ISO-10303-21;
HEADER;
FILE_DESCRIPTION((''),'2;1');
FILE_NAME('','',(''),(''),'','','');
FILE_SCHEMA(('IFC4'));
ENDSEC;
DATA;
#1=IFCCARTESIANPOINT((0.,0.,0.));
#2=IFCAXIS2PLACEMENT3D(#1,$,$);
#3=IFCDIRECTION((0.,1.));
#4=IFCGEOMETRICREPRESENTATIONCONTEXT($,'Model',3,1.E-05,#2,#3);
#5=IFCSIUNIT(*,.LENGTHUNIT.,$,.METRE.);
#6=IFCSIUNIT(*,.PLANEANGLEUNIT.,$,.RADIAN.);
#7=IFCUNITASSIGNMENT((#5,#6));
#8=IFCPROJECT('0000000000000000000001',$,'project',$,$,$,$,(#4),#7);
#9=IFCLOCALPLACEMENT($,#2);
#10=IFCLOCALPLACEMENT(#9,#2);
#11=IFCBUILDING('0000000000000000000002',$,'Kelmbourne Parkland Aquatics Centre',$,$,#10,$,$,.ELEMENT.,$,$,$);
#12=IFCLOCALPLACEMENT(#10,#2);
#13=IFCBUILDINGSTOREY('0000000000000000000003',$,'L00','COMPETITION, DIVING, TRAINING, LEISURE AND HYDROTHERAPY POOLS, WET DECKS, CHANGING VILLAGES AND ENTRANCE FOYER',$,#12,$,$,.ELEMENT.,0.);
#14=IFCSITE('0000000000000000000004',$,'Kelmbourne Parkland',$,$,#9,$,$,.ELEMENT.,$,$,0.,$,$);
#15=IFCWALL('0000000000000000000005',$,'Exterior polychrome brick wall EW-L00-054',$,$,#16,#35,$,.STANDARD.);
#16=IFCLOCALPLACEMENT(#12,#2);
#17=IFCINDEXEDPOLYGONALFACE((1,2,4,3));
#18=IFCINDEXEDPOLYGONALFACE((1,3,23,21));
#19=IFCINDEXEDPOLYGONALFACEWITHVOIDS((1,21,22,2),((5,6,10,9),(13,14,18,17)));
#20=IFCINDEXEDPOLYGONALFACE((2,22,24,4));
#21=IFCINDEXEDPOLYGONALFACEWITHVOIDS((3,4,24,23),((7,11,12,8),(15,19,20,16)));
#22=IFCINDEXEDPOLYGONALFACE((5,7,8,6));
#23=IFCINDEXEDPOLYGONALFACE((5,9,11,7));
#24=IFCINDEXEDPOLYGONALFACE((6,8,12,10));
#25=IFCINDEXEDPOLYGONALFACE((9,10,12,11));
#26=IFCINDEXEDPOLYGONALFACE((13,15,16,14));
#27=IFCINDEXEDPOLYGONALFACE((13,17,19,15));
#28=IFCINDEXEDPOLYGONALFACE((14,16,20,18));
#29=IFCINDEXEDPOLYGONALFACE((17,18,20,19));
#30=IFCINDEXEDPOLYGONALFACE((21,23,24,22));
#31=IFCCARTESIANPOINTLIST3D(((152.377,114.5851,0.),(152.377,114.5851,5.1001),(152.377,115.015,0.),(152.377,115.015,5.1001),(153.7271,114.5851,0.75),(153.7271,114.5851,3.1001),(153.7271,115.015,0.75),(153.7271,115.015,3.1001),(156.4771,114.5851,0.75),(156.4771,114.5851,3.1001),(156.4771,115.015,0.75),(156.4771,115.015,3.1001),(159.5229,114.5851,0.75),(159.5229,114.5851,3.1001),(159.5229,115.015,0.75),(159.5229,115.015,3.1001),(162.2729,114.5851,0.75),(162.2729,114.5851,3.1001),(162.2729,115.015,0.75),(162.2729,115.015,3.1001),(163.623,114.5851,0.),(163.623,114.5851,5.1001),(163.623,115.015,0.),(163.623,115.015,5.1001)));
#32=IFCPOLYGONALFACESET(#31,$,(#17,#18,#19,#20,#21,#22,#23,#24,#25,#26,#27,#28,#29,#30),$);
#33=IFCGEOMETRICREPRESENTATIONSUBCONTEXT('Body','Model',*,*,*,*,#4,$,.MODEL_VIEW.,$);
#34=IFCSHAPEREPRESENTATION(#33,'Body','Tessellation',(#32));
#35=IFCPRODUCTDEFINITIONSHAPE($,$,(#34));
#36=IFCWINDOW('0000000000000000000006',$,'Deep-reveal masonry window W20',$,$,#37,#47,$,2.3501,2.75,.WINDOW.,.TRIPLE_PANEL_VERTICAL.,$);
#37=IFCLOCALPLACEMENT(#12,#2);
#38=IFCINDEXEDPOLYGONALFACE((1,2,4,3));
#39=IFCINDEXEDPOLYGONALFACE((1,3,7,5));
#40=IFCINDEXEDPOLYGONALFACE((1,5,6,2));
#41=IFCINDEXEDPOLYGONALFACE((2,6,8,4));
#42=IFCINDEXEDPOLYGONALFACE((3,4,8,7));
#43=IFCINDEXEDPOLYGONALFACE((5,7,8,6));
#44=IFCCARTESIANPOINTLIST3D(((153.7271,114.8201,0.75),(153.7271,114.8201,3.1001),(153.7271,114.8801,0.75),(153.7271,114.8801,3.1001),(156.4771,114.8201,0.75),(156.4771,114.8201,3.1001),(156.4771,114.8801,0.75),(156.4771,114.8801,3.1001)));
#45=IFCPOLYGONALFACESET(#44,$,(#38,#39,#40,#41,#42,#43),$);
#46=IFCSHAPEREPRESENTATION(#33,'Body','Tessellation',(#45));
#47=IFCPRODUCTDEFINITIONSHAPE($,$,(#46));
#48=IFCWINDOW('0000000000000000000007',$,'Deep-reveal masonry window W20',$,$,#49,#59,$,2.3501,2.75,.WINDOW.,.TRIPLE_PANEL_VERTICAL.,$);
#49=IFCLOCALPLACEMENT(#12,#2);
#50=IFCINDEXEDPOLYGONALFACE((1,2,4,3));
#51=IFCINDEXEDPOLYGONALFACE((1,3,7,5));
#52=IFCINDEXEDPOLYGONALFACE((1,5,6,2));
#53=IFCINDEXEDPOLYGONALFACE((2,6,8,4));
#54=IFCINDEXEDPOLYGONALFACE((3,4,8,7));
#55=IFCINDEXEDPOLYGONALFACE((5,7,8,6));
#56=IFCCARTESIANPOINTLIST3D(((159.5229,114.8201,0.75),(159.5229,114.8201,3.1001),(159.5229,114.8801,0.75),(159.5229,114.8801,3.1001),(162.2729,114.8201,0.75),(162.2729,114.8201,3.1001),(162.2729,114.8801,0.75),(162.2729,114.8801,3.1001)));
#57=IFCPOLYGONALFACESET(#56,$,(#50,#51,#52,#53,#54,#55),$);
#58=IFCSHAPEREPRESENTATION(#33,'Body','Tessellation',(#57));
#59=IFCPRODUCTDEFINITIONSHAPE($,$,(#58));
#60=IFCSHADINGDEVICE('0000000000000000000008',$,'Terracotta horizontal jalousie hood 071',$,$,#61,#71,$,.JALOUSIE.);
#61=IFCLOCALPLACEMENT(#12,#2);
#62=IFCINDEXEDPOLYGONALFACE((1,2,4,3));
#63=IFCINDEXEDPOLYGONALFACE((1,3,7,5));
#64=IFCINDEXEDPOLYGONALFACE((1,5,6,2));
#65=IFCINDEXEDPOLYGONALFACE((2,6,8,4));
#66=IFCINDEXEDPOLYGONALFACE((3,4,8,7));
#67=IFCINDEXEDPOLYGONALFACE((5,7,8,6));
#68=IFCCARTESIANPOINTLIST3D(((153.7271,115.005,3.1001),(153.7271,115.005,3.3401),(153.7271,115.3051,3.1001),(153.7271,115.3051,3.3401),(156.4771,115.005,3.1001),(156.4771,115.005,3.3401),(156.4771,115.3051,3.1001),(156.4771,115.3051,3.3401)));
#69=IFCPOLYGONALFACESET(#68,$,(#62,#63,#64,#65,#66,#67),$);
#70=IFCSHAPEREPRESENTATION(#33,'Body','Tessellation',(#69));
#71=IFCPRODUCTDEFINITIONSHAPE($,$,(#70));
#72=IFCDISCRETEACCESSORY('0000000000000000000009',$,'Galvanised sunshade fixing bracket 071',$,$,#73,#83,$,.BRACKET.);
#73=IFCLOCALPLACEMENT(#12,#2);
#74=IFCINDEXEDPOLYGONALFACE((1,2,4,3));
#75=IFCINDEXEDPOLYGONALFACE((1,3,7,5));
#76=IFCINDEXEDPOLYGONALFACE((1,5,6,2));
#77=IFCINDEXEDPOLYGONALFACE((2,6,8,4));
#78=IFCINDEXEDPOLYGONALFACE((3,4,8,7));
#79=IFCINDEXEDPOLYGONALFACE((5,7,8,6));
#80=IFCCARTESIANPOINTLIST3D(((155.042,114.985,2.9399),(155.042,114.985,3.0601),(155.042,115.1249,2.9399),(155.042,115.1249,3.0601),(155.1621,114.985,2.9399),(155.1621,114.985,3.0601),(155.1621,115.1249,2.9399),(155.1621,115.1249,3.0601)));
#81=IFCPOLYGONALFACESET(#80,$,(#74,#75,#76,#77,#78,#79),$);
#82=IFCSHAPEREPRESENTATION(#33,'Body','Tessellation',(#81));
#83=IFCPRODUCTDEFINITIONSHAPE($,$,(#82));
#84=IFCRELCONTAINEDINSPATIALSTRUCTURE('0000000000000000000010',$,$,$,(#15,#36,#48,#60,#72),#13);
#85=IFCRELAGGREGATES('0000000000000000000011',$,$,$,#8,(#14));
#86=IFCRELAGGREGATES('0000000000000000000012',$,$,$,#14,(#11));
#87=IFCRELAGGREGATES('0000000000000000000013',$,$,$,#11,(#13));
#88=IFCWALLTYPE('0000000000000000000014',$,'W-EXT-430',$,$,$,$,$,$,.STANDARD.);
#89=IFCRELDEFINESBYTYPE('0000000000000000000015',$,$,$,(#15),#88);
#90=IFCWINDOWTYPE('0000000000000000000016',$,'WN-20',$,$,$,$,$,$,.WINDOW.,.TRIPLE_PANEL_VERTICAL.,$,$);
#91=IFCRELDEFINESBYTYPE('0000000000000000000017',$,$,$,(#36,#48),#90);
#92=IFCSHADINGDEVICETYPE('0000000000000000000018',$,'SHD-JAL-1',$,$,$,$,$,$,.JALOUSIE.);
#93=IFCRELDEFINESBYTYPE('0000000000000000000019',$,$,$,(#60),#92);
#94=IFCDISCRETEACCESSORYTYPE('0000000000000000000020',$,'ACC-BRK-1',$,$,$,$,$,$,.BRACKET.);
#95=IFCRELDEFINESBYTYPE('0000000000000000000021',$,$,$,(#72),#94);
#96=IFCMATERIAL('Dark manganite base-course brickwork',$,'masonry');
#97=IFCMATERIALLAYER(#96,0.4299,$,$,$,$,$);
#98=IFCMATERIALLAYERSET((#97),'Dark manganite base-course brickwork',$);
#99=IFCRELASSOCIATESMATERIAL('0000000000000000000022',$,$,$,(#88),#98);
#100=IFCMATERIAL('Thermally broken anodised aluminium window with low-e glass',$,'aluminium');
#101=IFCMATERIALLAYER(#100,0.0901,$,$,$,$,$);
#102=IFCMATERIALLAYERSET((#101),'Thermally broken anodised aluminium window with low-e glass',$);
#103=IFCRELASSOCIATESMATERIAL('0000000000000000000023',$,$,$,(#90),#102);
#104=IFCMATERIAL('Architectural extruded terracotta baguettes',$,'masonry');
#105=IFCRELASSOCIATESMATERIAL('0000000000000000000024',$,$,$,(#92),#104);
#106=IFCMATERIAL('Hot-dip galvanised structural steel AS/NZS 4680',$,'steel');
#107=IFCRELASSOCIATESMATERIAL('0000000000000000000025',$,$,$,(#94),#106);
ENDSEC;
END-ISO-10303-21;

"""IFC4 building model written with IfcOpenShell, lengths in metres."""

from ifc_helpers import new_model, si_unit, direction, frame, frame_2d, origin, origin_2d, place, context, subcontext, project, spatial, rectangle, extrude, material, layer, layer_set, type_object, element, fill, save


model = new_model("IFC4")

# Units and contexts
model_context = context("Model", 3, precision=1e-05, world=origin(), true_north=direction((0.0, 1.0)))
body_context = subcontext(model_context, "Body", "Model", "MODEL_VIEW")
ifc_project = project(units=[si_unit("LENGTHUNIT", "METRE"), si_unit("PLANEANGLEUNIT", "RADIAN")], contexts=[model_context])

# Site, building, storey
site_placement = place(None, origin())
site = spatial("IfcSite", under=ifc_project, at=site_placement, Name="Kelmbourne Parkland", CompositionType="ELEMENT", RefElevation=0.0)
building_placement = place(site_placement, origin())
building = spatial("IfcBuilding", under=site, at=building_placement, Name="Kelmbourne Parkland Aquatics Centre", CompositionType="ELEMENT")
storey_placement = place(building_placement, origin())
storey = spatial("IfcBuildingStorey", under=building, at=storey_placement, Name="L00", Description="COMPETITION, DIVING, TRAINING, LEISURE AND HYDROTHERAPY POOLS, WET DECKS, CHANGING VILLAGES AND ENTRANCE FOYER", CompositionType="ELEMENT", Elevation=0.0)

# Wall, openings, windows
ifc_material_1 = material(Name="Dark manganite base-course brickwork", Category="masonry")
ifc_layer_1 = layer(ifc_material_1, 0.4299)
ifc_layer_set_1 = layer_set([ifc_layer_1], Name="Dark manganite base-course brickwork")
wall_type = type_object("IfcWallType", Name="W-EXT-430", PredefinedType="STANDARD", material=ifc_layer_set_1)
wall_placement = place(storey_placement, frame((152.377, 114.8, 0.0), z_axis=(0.0, 0.0, 1.0), x_axis=(1.0, 0.0, 0.0)))
wall = element("IfcWall", 1, at=wall_placement, inside=storey, type_object=wall_type, Name="Exterior polychrome brick wall EW-L00-054", PredefinedType="STANDARD", context=body_context, shape_type="SweptSolid", body=[
    extrude(rectangle(XDim=11.2461, YDim=0.4299, at=frame_2d((5.623, 0.0))), origin(), (0.0, 0.0, 1.0), 5.1001),
])
opening_1_placement = place(wall_placement, frame((1.3501, 0.0, 0.75)))
opening_1 = element("IfcOpeningElement", 2, at=opening_1_placement, cuts=wall, PredefinedType="OPENING", context=body_context, shape_type="SweptSolid", body=[
    extrude(rectangle(XDim=2.75, YDim=2.3501, at=frame_2d((1.375, 1.175))), frame((0.0, 0.2271, 0.0), z_axis=(0.0, -1.0, 0.0), x_axis=(1.0, 0.0, 0.0)), (0.0, 0.0, 1.0), 0.4539),
])
opening_2_placement = place(wall_placement, frame((7.146, 0.0, 0.75)))
opening_2 = element("IfcOpeningElement", 3, at=opening_2_placement, cuts=wall, PredefinedType="OPENING", context=body_context, shape_type="SweptSolid", body=[
    extrude(rectangle(XDim=2.75, YDim=2.3501, at=frame_2d((1.375, 1.175))), frame((0.0, 0.2271, 0.0), z_axis=(0.0, -1.0, 0.0), x_axis=(1.0, 0.0, 0.0)), (0.0, 0.0, 1.0), 0.4539),
])
ifc_material_2 = material(Name="Thermally broken anodised aluminium window with low-e glass", Category="aluminium")
ifc_layer_2 = layer(ifc_material_2, 0.0901)
ifc_layer_set_2 = layer_set([ifc_layer_2], Name="Thermally broken anodised aluminium window with low-e glass")
window_type = type_object("IfcWindowType", Name="WN-20", PartitioningType="TRIPLE_PANEL_VERTICAL", PredefinedType="WINDOW", material=ifc_layer_set_2)
window_1_placement = place(opening_1_placement, origin())
window_1 = element("IfcWindow", 4, at=window_1_placement, inside=storey, type_object=window_type, Name="Deep-reveal masonry window W20", OverallHeight=2.3501, OverallWidth=2.75, PartitioningType="TRIPLE_PANEL_VERTICAL", PredefinedType="WINDOW", context=body_context, shape_type="SweptSolid", body=[
    extrude(rectangle(XDim=2.75, YDim=2.3501, at=frame_2d((1.375, 1.175))), frame((0.0, 0.0801, 0.0), z_axis=(0.0, -1.0, 0.0), x_axis=(1.0, 0.0, 0.0)), (0.0, 0.0, 1.0), 0.0601),
])
fill(opening_1, window_1)
window_2_placement = place(opening_2_placement, origin())
window_2 = element("IfcWindow", 5, at=window_2_placement, inside=storey, type_object=window_type, Name="Deep-reveal masonry window W20", OverallHeight=2.3501, OverallWidth=2.75, PartitioningType="TRIPLE_PANEL_VERTICAL", PredefinedType="WINDOW", context=body_context, shape_type="SweptSolid", body=[
    extrude(rectangle(XDim=2.75, YDim=2.3501, at=frame_2d((1.375, 1.175))), frame((0.0, 0.0801, 0.0), z_axis=(0.0, -1.0, 0.0), x_axis=(1.0, 0.0, 0.0)), (0.0, 0.0, 1.0), 0.0601),
])
fill(opening_2, window_2)

# Shading device
ifc_material_3 = material(Name="Architectural extruded terracotta baguettes", Category="masonry")
shading_device_type = type_object("IfcShadingDeviceType", Name="SHD-JAL-1", PredefinedType="JALOUSIE", material=ifc_material_3)
shading_device_placement = place(storey_placement, frame((155.1021, 115.155, 3.1001), z_axis=(0.0, 0.0, 1.0), x_axis=(1.0, 0.0, 0.0)))
element("IfcShadingDevice", 6, at=shading_device_placement, inside=storey, type_object=shading_device_type, Name="Terracotta horizontal jalousie hood 071", PredefinedType="JALOUSIE", context=body_context, shape_type="SweptSolid", body=[
    extrude(rectangle(XDim=2.75, YDim=0.3, at=origin_2d()), origin(), (0.0, 0.0, 1.0), 0.24),
])

# Discrete accessory
ifc_material_4 = material(Name="Hot-dip galvanised structural steel AS/NZS 4680", Category="steel")
discrete_accessory_type = type_object("IfcDiscreteAccessoryType", Name="ACC-BRK-1", PredefinedType="BRACKET", material=ifc_material_4)
discrete_accessory_placement = place(storey_placement, frame((155.1021, 115.0549, 2.9399), z_axis=(0.0, 0.0, 1.0), x_axis=(1.0, 0.0, 0.0)))
element("IfcDiscreteAccessory", 7, at=discrete_accessory_placement, inside=storey, type_object=discrete_accessory_type, Name="Galvanised sunshade fixing bracket 071", PredefinedType="BRACKET", context=body_context, shape_type="SweptSolid", body=[
    extrude(rectangle(XDim=0.1201, YDim=0.1399, at=origin_2d()), origin(), (0.0, 0.0, 1.0), 0.1201),
])

save(model, "model.ifc")
